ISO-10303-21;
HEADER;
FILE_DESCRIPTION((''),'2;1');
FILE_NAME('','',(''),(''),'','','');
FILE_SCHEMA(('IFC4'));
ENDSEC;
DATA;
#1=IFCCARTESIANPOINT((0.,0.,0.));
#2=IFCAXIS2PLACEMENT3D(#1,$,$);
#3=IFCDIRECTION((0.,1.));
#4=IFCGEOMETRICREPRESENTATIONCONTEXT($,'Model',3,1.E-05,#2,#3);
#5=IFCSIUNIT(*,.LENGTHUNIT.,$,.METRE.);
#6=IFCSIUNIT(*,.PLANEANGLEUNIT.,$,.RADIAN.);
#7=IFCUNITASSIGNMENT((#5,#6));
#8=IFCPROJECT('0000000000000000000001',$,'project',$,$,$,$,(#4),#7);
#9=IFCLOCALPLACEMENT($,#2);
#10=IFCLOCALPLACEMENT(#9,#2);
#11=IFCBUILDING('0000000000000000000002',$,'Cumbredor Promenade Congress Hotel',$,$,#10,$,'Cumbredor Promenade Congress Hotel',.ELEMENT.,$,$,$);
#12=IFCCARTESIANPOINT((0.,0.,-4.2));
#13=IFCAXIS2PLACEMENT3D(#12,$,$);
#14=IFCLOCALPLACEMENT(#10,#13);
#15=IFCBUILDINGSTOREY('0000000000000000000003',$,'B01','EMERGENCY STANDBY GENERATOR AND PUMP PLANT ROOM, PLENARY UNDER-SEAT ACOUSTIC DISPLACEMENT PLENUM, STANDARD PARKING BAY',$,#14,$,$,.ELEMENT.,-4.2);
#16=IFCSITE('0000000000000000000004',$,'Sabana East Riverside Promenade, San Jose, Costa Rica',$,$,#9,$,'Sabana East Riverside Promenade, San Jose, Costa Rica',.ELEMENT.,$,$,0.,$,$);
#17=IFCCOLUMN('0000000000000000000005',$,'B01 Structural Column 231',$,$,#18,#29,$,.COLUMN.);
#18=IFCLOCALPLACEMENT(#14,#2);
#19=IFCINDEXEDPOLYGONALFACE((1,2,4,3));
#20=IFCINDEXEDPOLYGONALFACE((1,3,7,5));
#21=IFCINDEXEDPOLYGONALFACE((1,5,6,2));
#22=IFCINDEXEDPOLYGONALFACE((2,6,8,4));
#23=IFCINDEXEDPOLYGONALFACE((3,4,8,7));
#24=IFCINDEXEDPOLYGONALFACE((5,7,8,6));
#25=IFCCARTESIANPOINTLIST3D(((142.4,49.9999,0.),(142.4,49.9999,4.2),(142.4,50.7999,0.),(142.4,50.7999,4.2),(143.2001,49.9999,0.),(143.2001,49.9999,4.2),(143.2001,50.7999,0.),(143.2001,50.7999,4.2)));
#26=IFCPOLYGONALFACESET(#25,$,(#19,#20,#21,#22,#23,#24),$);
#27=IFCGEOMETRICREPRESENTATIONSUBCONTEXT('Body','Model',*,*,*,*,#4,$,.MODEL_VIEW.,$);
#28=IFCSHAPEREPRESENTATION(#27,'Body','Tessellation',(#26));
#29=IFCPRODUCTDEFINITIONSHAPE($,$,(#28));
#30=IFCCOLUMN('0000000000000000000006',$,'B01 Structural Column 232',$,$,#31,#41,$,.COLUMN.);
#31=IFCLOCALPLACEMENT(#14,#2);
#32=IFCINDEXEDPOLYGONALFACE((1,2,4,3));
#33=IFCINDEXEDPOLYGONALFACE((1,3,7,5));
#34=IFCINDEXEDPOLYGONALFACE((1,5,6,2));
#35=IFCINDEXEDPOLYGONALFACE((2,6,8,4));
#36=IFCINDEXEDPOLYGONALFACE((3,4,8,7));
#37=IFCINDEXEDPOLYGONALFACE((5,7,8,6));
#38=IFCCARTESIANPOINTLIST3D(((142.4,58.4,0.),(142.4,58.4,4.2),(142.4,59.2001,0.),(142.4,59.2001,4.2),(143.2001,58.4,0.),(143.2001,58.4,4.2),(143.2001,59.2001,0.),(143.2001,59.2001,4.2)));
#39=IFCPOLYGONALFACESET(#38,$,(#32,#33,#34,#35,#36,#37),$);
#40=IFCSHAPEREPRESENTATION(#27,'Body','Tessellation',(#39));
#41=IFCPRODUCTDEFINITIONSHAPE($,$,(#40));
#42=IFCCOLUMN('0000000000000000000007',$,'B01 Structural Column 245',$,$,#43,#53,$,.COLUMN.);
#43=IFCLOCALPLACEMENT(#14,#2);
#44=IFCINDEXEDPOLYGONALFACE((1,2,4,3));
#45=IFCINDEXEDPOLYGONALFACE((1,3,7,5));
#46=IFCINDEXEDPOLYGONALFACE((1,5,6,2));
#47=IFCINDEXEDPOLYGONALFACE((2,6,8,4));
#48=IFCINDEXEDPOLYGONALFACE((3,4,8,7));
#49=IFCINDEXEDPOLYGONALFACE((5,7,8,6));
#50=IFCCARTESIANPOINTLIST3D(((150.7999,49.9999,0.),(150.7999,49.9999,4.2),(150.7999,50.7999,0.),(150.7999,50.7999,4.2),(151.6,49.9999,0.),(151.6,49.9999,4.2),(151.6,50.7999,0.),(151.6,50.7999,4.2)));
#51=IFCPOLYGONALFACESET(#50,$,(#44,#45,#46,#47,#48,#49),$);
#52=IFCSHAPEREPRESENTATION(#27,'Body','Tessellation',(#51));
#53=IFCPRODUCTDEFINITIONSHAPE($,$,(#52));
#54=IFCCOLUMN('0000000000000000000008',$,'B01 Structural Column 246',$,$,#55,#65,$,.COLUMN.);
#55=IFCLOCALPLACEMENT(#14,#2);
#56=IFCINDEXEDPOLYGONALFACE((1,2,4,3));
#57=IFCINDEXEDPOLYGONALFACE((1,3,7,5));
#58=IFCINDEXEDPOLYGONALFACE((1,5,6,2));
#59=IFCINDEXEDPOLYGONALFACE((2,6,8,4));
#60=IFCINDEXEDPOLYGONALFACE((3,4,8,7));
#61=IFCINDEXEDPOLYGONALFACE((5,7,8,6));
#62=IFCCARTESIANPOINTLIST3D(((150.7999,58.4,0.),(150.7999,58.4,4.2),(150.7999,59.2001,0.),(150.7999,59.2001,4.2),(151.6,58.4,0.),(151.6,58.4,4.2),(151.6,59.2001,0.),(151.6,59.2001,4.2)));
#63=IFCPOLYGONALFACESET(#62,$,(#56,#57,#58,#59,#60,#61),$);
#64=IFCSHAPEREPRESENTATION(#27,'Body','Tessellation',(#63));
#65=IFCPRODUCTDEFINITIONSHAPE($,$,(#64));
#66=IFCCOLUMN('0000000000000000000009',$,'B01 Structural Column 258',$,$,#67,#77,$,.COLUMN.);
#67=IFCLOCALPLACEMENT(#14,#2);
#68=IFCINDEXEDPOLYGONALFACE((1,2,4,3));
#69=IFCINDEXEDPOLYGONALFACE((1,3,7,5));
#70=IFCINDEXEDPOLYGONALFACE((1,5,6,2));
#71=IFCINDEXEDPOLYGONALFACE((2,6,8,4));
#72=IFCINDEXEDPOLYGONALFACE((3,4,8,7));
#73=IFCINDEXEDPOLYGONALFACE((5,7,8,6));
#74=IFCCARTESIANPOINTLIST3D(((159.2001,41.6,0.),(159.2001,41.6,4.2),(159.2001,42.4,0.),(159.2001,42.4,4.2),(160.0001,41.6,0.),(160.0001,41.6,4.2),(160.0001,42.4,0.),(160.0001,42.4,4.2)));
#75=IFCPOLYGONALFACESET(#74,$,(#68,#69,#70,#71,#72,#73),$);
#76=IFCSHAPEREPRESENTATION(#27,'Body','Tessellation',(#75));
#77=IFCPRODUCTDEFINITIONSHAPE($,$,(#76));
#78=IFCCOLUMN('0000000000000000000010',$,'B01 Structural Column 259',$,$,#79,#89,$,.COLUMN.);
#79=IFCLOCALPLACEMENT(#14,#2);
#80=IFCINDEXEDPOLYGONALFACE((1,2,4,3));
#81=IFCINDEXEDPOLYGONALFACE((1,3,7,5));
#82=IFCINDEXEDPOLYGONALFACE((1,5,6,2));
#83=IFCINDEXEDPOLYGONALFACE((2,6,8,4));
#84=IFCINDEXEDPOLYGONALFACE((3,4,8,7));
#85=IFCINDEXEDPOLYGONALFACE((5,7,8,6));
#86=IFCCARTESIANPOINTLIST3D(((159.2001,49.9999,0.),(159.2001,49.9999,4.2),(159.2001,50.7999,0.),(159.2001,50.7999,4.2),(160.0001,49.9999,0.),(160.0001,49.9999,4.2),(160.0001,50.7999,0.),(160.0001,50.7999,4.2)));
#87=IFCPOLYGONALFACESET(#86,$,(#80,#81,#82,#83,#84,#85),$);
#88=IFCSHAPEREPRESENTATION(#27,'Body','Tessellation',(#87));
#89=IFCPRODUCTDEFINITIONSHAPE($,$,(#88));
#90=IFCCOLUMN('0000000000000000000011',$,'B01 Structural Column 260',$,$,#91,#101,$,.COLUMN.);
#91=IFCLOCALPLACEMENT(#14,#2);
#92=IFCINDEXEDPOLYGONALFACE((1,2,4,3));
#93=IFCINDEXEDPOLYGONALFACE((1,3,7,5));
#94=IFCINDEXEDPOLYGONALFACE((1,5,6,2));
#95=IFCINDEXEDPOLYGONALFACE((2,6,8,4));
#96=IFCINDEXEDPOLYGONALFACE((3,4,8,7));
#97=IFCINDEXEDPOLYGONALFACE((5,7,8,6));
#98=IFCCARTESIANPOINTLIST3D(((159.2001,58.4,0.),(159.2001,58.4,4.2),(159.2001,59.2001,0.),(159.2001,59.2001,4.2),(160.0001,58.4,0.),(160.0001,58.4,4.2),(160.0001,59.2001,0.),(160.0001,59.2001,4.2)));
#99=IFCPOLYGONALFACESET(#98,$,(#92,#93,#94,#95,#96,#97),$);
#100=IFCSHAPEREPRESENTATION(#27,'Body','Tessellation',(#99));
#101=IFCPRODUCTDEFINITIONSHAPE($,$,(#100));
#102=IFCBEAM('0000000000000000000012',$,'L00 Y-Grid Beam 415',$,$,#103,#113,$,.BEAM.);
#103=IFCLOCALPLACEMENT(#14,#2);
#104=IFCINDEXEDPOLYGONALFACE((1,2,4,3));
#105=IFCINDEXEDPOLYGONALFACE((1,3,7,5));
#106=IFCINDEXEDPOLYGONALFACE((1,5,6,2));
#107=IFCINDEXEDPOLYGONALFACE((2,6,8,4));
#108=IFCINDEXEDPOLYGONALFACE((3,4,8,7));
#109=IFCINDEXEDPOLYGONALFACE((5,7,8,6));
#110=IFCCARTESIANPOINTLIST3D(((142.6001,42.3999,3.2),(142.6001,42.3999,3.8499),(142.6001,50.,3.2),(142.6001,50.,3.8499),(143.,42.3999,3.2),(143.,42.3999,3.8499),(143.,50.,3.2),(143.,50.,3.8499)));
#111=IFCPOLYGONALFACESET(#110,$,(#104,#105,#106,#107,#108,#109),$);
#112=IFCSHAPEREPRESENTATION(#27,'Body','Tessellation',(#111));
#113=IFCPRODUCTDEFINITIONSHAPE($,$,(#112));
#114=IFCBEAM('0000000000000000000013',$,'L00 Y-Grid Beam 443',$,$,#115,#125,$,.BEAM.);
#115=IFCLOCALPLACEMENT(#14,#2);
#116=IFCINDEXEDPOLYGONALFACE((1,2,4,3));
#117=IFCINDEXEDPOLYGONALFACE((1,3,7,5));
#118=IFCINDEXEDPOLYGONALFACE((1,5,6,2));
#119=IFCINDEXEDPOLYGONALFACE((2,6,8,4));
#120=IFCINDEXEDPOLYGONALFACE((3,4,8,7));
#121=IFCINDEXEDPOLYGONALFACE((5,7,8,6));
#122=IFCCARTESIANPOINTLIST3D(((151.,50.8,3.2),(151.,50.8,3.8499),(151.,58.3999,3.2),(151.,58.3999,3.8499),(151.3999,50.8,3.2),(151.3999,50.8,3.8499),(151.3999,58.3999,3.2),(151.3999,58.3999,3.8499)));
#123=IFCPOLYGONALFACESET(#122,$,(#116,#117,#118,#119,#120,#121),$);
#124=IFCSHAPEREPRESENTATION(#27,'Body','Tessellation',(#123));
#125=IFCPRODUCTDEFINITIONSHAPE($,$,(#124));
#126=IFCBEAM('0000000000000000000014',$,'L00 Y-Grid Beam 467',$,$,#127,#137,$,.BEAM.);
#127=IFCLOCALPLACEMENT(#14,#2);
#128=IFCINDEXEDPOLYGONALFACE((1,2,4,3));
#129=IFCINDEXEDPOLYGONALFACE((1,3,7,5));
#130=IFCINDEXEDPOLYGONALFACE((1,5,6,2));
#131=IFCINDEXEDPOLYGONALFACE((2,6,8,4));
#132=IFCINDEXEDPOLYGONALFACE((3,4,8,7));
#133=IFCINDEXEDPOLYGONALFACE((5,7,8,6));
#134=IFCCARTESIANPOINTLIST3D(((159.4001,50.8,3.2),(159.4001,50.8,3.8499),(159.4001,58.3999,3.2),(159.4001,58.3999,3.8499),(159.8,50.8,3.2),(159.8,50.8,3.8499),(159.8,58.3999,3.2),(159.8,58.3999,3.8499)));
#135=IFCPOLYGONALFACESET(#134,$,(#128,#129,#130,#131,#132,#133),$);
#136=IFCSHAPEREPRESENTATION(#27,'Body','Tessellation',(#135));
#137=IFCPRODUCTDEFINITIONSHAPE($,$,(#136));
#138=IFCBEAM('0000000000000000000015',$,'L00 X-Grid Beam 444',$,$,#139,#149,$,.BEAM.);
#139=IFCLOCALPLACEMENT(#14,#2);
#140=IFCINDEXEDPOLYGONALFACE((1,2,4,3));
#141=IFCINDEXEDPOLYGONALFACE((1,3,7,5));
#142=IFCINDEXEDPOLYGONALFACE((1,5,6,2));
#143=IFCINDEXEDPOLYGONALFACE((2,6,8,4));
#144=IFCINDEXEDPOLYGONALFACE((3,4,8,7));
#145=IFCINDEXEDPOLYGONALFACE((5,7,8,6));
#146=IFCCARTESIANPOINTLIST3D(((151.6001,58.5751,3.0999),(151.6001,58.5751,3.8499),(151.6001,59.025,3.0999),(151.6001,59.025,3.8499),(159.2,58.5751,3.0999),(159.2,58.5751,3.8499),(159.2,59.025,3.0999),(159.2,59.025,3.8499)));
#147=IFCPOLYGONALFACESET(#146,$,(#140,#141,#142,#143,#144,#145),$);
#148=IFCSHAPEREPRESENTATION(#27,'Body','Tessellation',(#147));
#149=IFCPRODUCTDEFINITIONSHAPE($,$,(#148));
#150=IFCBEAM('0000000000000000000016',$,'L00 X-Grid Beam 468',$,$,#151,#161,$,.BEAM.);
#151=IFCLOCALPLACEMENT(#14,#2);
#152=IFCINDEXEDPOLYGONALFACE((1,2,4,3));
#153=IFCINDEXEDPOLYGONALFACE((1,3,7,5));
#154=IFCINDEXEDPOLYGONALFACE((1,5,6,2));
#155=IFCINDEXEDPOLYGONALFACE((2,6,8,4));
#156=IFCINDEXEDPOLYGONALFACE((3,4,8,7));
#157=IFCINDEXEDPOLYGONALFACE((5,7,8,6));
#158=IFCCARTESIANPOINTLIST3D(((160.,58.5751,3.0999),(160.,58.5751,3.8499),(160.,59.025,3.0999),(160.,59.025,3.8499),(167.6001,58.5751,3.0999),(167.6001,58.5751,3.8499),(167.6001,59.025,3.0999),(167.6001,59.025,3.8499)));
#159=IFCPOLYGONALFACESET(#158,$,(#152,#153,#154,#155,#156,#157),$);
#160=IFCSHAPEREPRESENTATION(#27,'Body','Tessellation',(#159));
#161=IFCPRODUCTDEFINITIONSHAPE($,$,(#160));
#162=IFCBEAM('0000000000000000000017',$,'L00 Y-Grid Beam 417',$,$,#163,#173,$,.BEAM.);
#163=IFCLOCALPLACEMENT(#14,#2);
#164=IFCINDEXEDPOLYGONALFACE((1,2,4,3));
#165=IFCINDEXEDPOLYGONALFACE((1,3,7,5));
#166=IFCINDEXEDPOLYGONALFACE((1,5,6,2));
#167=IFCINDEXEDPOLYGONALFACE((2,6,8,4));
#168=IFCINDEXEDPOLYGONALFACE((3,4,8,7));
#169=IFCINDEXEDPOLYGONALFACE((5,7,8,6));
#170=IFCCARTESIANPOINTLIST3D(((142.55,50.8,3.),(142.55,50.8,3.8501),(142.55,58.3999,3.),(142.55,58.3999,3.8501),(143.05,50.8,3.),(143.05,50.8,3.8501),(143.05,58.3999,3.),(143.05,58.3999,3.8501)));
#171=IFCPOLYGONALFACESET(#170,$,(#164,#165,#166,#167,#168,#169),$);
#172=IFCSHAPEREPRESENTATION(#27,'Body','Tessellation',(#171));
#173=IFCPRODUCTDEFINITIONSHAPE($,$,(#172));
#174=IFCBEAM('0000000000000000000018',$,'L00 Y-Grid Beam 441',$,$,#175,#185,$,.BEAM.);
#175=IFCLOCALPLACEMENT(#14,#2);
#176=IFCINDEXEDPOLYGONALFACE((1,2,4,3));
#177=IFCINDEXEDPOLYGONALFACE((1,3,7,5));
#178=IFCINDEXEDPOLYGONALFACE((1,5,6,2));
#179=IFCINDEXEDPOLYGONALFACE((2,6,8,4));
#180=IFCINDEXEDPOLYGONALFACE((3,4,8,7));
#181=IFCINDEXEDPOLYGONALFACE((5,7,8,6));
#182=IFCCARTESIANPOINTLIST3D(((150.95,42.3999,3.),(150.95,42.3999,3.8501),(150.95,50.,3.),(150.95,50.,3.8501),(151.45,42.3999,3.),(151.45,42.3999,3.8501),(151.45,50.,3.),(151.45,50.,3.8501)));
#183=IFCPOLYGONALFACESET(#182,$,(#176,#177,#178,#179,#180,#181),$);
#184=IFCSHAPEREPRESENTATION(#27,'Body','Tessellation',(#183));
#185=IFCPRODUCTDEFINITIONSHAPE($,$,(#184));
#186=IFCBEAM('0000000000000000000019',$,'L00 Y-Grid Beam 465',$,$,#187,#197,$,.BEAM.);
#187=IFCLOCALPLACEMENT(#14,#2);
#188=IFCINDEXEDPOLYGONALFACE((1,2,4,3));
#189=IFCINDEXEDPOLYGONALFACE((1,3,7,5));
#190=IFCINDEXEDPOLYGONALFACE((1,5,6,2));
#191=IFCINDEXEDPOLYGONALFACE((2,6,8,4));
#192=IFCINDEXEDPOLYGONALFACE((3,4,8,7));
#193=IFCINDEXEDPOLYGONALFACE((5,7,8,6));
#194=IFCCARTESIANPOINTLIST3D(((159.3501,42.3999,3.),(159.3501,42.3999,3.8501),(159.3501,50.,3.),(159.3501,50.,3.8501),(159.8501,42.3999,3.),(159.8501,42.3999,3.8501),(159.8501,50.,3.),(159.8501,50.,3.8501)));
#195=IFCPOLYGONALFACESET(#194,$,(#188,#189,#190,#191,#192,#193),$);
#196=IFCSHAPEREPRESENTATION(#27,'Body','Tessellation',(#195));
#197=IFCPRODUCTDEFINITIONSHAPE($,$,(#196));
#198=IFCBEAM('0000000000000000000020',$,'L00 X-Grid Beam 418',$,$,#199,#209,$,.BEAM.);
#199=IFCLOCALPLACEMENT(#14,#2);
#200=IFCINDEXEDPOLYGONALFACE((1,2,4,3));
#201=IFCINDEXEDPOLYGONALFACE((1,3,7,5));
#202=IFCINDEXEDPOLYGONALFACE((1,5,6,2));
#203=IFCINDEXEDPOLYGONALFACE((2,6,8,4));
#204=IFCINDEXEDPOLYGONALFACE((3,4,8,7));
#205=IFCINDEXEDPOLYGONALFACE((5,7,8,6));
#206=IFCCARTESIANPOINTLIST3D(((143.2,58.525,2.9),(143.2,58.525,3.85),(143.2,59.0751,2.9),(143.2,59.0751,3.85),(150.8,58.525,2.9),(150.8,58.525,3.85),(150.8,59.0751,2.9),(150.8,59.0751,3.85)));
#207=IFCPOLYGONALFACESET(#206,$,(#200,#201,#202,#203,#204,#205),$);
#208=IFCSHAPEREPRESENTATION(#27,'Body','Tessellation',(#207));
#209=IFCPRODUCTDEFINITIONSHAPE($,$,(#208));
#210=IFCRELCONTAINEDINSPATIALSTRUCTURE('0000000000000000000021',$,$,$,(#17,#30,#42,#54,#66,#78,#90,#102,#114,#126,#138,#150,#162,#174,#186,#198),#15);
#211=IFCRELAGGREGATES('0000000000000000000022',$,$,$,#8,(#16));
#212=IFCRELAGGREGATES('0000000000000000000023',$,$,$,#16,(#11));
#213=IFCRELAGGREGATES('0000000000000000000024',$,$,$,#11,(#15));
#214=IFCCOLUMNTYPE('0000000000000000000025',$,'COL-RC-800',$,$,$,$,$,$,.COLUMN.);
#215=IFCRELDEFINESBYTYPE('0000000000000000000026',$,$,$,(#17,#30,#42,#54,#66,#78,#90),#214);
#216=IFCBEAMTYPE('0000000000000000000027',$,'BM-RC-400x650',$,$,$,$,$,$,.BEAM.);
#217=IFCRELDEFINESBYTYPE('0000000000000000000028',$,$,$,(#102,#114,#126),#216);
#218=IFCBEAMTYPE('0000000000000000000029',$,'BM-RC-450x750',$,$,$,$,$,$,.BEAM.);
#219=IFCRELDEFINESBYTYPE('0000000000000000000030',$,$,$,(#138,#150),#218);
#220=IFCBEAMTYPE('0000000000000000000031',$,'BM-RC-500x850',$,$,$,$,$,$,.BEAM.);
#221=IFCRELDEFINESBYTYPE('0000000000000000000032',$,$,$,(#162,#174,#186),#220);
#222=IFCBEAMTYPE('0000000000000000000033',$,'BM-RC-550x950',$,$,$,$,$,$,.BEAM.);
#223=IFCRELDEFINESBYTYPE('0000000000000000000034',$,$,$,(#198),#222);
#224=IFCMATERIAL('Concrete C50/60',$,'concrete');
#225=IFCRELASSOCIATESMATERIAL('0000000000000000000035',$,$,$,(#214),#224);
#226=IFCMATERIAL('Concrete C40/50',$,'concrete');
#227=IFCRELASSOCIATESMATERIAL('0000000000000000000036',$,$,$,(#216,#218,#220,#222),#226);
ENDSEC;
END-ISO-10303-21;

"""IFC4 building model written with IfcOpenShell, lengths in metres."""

from ifc_helpers import new_model, si_unit, direction, frame, origin, origin_2d, place, context, subcontext, project, spatial, rectangle, extrude, material, material_profile, profile_set, type_object, element, save


model = new_model("IFC4")

# Units and contexts
model_context = context("Model", 3, precision=1e-05, world=origin(), true_north=direction((0.0, 1.0)))
body_context = subcontext(model_context, "Body", "Model", "MODEL_VIEW")
ifc_project = project(units=[si_unit("LENGTHUNIT", "METRE"), si_unit("PLANEANGLEUNIT", "RADIAN")], contexts=[model_context])

# Site, building, storey
site_placement = place(None, origin())
site = spatial("IfcSite", under=ifc_project, at=site_placement, Name="Sabana East Riverside Promenade, San Jose, Costa Rica", LongName="Sabana East Riverside Promenade, San Jose, Costa Rica", CompositionType="ELEMENT", RefElevation=0.0)
building_placement = place(site_placement, origin())
building = spatial("IfcBuilding", under=site, at=building_placement, Name="Cumbredor Promenade Congress Hotel", LongName="Cumbredor Promenade Congress Hotel", CompositionType="ELEMENT")
storey_placement = place(building_placement, frame((0.0, 0.0, -4.2)))
storey = spatial("IfcBuildingStorey", under=building, at=storey_placement, Name="B01", Description="EMERGENCY STANDBY GENERATOR AND PUMP PLANT ROOM, PLENARY UNDER-SEAT ACOUSTIC DISPLACEMENT PLENUM, STANDARD PARKING BAY", CompositionType="ELEMENT", Elevation=-4.2)

# Columns
ifc_material_1 = material(Name="Concrete C50/60", Category="concrete")
ifc_material_profile_1 = material_profile(ifc_material_1, rectangle(XDim=0.8, YDim=0.8, at=origin_2d()), Name="RC 800x800")
ifc_profile_set_1 = profile_set([ifc_material_profile_1], Name="Concrete C50/60")
column_type = type_object("IfcColumnType", Name="COL-RC-800", PredefinedType="COLUMN", material=ifc_profile_set_1)
for number, where, z_axis, x_axis, name in (
    (1, (142.8, 50.3999, 0.0), (0.0, 0.0, 1.0), (1.0, 0.0, 0.0), "B01 Structural Column 231"),
    (2, (142.8, 58.8, 0.0), (0.0, 0.0, 1.0), (1.0, 0.0, 0.0), "B01 Structural Column 232"),
    (3, (151.2, 50.3999, 0.0), (0.0, 0.0, 1.0), (1.0, 0.0, 0.0), "B01 Structural Column 245"),
    (4, (151.2, 58.8, 0.0), (0.0, 0.0, 1.0), (1.0, 0.0, 0.0), "B01 Structural Column 246"),
    (5, (159.6001, 42.0, 0.0), (0.0, 0.0, 1.0), (1.0, 0.0, 0.0), "B01 Structural Column 258"),
    (6, (159.6001, 50.3999, 0.0), (0.0, 0.0, 1.0), (1.0, 0.0, 0.0), "B01 Structural Column 259"),
    (7, (159.6001, 58.8, 0.0), (0.0, 0.0, 1.0), (1.0, 0.0, 0.0), "B01 Structural Column 260"),
):
    element("IfcColumn", number, at=place(storey_placement, frame(where, z_axis=z_axis, x_axis=x_axis)), inside=storey, type_object=column_type, Name=name, PredefinedType="COLUMN", context=body_context, shape_type="SweptSolid", body=[
        extrude(rectangle(XDim=0.8, YDim=0.8, at=origin_2d()), origin(), (0.0, 0.0, 1.0), 4.2),
    ])

# Beams
ifc_material_2 = material(Name="Concrete C40/50", Category="concrete")
ifc_material_profile_2 = material_profile(ifc_material_2, rectangle(XDim=0.3999, YDim=0.6499, at=origin_2d()), Name="RC BEAM 400x650")
ifc_profile_set_2 = profile_set([ifc_material_profile_2], Name="Concrete C40/50")
beam_type_1 = type_object("IfcBeamType", Name="BM-RC-400x650", PredefinedType="BEAM", material=ifc_profile_set_2)
beam_1_placement = place(storey_placement, frame((142.8, 42.3999, 3.5249), z_axis=(0.0, 1.0, 0.0), x_axis=(-1.0, 0.0, 0.0)))
element("IfcBeam", 8, at=beam_1_placement, inside=storey, type_object=beam_type_1, Name="L00 Y-Grid Beam 415", PredefinedType="BEAM", context=body_context, shape_type="SweptSolid", body=[
    extrude(rectangle(XDim=0.3999, YDim=0.6499, at=origin_2d()), origin(), (0.0, 0.0, 1.0), 7.6001),
])
for number, where, z_axis, x_axis, name in (
    (9, (151.2, 50.8, 3.5249), (0.0, 1.0, 0.0), (-1.0, 0.0, 0.0), "L00 Y-Grid Beam 443"),
    (10, (159.6001, 50.8, 3.5249), (0.0, 1.0, 0.0), (-1.0, 0.0, 0.0), "L00 Y-Grid Beam 467"),
):
    element("IfcBeam", number, at=place(storey_placement, frame(where, z_axis=z_axis, x_axis=x_axis)), inside=storey, type_object=beam_type_1, Name=name, PredefinedType="BEAM", context=body_context, shape_type="SweptSolid", body=[
        extrude(rectangle(XDim=0.3999, YDim=0.6499, at=origin_2d()), origin(), (0.0, 0.0, 1.0), 7.5999),
    ])
ifc_material_profile_3 = material_profile(ifc_material_2, rectangle(XDim=0.45, YDim=0.75, at=origin_2d()), Name="RC BEAM 450x750")
ifc_profile_set_3 = profile_set([ifc_material_profile_3], Name="Concrete C40/50")
beam_type_2 = type_object("IfcBeamType", Name="BM-RC-450x750", PredefinedType="BEAM", material=ifc_profile_set_3)
beam_2_placement = place(storey_placement, frame((151.6001, 58.8, 3.4749), z_axis=(1.0, 0.0, 0.0), x_axis=(0.0, 1.0, 0.0)))
element("IfcBeam", 11, at=beam_2_placement, inside=storey, type_object=beam_type_2, Name="L00 X-Grid Beam 444", PredefinedType="BEAM", context=body_context, shape_type="SweptSolid", body=[
    extrude(rectangle(XDim=0.45, YDim=0.75, at=origin_2d()), origin(), (0.0, 0.0, 1.0), 7.5999),
])
beam_3_placement = place(storey_placement, frame((160.0, 58.8, 3.4749), z_axis=(1.0, 0.0, 0.0), x_axis=(0.0, 1.0, 0.0)))
element("IfcBeam", 12, at=beam_3_placement, inside=storey, type_object=beam_type_2, Name="L00 X-Grid Beam 468", PredefinedType="BEAM", context=body_context, shape_type="SweptSolid", body=[
    extrude(rectangle(XDim=0.45, YDim=0.75, at=origin_2d()), origin(), (0.0, 0.0, 1.0), 7.6001),
])
ifc_material_profile_4 = material_profile(ifc_material_2, rectangle(XDim=0.5, YDim=0.8501, at=origin_2d()), Name="RC BEAM 500x850")
ifc_profile_set_4 = profile_set([ifc_material_profile_4], Name="Concrete C40/50")
beam_type_3 = type_object("IfcBeamType", Name="BM-RC-500x850", PredefinedType="BEAM", material=ifc_profile_set_4)
beam_4_placement = place(storey_placement, frame((142.8, 50.8, 3.425), z_axis=(0.0, 1.0, 0.0), x_axis=(-1.0, 0.0, 0.0)))
element("IfcBeam", 13, at=beam_4_placement, inside=storey, type_object=beam_type_3, Name="L00 Y-Grid Beam 417", PredefinedType="BEAM", context=body_context, shape_type="SweptSolid", body=[
    extrude(rectangle(XDim=0.5, YDim=0.8501, at=origin_2d()), origin(), (0.0, 0.0, 1.0), 7.5999),
])
for number, where, z_axis, x_axis, name in (
    (14, (151.2, 42.3999, 3.425), (0.0, 1.0, 0.0), (-1.0, 0.0, 0.0), "L00 Y-Grid Beam 441"),
    (15, (159.6001, 42.3999, 3.425), (0.0, 1.0, 0.0), (-1.0, 0.0, 0.0), "L00 Y-Grid Beam 465"),
):
    element("IfcBeam", number, at=place(storey_placement, frame(where, z_axis=z_axis, x_axis=x_axis)), inside=storey, type_object=beam_type_3, Name=name, PredefinedType="BEAM", context=body_context, shape_type="SweptSolid", body=[
        extrude(rectangle(XDim=0.5, YDim=0.8501, at=origin_2d()), origin(), (0.0, 0.0, 1.0), 7.6001),
    ])
ifc_material_profile_5 = material_profile(ifc_material_2, rectangle(XDim=0.55, YDim=0.95, at=origin_2d()), Name="RC BEAM 550x950")
ifc_profile_set_5 = profile_set([ifc_material_profile_5], Name="Concrete C40/50")
beam_type_4 = type_object("IfcBeamType", Name="BM-RC-550x950", PredefinedType="BEAM", material=ifc_profile_set_5)
beam_5_placement = place(storey_placement, frame((143.2, 58.8, 3.375), z_axis=(1.0, 0.0, 0.0), x_axis=(0.0, 1.0, 0.0)))
element("IfcBeam", 16, at=beam_5_placement, inside=storey, type_object=beam_type_4, Name="L00 X-Grid Beam 418", PredefinedType="BEAM", context=body_context, shape_type="SweptSolid", body=[
    extrude(rectangle(XDim=0.55, YDim=0.95, at=origin_2d()), origin(), (0.0, 0.0, 1.0), 7.6001),
])

save(model, "model.ifc")
